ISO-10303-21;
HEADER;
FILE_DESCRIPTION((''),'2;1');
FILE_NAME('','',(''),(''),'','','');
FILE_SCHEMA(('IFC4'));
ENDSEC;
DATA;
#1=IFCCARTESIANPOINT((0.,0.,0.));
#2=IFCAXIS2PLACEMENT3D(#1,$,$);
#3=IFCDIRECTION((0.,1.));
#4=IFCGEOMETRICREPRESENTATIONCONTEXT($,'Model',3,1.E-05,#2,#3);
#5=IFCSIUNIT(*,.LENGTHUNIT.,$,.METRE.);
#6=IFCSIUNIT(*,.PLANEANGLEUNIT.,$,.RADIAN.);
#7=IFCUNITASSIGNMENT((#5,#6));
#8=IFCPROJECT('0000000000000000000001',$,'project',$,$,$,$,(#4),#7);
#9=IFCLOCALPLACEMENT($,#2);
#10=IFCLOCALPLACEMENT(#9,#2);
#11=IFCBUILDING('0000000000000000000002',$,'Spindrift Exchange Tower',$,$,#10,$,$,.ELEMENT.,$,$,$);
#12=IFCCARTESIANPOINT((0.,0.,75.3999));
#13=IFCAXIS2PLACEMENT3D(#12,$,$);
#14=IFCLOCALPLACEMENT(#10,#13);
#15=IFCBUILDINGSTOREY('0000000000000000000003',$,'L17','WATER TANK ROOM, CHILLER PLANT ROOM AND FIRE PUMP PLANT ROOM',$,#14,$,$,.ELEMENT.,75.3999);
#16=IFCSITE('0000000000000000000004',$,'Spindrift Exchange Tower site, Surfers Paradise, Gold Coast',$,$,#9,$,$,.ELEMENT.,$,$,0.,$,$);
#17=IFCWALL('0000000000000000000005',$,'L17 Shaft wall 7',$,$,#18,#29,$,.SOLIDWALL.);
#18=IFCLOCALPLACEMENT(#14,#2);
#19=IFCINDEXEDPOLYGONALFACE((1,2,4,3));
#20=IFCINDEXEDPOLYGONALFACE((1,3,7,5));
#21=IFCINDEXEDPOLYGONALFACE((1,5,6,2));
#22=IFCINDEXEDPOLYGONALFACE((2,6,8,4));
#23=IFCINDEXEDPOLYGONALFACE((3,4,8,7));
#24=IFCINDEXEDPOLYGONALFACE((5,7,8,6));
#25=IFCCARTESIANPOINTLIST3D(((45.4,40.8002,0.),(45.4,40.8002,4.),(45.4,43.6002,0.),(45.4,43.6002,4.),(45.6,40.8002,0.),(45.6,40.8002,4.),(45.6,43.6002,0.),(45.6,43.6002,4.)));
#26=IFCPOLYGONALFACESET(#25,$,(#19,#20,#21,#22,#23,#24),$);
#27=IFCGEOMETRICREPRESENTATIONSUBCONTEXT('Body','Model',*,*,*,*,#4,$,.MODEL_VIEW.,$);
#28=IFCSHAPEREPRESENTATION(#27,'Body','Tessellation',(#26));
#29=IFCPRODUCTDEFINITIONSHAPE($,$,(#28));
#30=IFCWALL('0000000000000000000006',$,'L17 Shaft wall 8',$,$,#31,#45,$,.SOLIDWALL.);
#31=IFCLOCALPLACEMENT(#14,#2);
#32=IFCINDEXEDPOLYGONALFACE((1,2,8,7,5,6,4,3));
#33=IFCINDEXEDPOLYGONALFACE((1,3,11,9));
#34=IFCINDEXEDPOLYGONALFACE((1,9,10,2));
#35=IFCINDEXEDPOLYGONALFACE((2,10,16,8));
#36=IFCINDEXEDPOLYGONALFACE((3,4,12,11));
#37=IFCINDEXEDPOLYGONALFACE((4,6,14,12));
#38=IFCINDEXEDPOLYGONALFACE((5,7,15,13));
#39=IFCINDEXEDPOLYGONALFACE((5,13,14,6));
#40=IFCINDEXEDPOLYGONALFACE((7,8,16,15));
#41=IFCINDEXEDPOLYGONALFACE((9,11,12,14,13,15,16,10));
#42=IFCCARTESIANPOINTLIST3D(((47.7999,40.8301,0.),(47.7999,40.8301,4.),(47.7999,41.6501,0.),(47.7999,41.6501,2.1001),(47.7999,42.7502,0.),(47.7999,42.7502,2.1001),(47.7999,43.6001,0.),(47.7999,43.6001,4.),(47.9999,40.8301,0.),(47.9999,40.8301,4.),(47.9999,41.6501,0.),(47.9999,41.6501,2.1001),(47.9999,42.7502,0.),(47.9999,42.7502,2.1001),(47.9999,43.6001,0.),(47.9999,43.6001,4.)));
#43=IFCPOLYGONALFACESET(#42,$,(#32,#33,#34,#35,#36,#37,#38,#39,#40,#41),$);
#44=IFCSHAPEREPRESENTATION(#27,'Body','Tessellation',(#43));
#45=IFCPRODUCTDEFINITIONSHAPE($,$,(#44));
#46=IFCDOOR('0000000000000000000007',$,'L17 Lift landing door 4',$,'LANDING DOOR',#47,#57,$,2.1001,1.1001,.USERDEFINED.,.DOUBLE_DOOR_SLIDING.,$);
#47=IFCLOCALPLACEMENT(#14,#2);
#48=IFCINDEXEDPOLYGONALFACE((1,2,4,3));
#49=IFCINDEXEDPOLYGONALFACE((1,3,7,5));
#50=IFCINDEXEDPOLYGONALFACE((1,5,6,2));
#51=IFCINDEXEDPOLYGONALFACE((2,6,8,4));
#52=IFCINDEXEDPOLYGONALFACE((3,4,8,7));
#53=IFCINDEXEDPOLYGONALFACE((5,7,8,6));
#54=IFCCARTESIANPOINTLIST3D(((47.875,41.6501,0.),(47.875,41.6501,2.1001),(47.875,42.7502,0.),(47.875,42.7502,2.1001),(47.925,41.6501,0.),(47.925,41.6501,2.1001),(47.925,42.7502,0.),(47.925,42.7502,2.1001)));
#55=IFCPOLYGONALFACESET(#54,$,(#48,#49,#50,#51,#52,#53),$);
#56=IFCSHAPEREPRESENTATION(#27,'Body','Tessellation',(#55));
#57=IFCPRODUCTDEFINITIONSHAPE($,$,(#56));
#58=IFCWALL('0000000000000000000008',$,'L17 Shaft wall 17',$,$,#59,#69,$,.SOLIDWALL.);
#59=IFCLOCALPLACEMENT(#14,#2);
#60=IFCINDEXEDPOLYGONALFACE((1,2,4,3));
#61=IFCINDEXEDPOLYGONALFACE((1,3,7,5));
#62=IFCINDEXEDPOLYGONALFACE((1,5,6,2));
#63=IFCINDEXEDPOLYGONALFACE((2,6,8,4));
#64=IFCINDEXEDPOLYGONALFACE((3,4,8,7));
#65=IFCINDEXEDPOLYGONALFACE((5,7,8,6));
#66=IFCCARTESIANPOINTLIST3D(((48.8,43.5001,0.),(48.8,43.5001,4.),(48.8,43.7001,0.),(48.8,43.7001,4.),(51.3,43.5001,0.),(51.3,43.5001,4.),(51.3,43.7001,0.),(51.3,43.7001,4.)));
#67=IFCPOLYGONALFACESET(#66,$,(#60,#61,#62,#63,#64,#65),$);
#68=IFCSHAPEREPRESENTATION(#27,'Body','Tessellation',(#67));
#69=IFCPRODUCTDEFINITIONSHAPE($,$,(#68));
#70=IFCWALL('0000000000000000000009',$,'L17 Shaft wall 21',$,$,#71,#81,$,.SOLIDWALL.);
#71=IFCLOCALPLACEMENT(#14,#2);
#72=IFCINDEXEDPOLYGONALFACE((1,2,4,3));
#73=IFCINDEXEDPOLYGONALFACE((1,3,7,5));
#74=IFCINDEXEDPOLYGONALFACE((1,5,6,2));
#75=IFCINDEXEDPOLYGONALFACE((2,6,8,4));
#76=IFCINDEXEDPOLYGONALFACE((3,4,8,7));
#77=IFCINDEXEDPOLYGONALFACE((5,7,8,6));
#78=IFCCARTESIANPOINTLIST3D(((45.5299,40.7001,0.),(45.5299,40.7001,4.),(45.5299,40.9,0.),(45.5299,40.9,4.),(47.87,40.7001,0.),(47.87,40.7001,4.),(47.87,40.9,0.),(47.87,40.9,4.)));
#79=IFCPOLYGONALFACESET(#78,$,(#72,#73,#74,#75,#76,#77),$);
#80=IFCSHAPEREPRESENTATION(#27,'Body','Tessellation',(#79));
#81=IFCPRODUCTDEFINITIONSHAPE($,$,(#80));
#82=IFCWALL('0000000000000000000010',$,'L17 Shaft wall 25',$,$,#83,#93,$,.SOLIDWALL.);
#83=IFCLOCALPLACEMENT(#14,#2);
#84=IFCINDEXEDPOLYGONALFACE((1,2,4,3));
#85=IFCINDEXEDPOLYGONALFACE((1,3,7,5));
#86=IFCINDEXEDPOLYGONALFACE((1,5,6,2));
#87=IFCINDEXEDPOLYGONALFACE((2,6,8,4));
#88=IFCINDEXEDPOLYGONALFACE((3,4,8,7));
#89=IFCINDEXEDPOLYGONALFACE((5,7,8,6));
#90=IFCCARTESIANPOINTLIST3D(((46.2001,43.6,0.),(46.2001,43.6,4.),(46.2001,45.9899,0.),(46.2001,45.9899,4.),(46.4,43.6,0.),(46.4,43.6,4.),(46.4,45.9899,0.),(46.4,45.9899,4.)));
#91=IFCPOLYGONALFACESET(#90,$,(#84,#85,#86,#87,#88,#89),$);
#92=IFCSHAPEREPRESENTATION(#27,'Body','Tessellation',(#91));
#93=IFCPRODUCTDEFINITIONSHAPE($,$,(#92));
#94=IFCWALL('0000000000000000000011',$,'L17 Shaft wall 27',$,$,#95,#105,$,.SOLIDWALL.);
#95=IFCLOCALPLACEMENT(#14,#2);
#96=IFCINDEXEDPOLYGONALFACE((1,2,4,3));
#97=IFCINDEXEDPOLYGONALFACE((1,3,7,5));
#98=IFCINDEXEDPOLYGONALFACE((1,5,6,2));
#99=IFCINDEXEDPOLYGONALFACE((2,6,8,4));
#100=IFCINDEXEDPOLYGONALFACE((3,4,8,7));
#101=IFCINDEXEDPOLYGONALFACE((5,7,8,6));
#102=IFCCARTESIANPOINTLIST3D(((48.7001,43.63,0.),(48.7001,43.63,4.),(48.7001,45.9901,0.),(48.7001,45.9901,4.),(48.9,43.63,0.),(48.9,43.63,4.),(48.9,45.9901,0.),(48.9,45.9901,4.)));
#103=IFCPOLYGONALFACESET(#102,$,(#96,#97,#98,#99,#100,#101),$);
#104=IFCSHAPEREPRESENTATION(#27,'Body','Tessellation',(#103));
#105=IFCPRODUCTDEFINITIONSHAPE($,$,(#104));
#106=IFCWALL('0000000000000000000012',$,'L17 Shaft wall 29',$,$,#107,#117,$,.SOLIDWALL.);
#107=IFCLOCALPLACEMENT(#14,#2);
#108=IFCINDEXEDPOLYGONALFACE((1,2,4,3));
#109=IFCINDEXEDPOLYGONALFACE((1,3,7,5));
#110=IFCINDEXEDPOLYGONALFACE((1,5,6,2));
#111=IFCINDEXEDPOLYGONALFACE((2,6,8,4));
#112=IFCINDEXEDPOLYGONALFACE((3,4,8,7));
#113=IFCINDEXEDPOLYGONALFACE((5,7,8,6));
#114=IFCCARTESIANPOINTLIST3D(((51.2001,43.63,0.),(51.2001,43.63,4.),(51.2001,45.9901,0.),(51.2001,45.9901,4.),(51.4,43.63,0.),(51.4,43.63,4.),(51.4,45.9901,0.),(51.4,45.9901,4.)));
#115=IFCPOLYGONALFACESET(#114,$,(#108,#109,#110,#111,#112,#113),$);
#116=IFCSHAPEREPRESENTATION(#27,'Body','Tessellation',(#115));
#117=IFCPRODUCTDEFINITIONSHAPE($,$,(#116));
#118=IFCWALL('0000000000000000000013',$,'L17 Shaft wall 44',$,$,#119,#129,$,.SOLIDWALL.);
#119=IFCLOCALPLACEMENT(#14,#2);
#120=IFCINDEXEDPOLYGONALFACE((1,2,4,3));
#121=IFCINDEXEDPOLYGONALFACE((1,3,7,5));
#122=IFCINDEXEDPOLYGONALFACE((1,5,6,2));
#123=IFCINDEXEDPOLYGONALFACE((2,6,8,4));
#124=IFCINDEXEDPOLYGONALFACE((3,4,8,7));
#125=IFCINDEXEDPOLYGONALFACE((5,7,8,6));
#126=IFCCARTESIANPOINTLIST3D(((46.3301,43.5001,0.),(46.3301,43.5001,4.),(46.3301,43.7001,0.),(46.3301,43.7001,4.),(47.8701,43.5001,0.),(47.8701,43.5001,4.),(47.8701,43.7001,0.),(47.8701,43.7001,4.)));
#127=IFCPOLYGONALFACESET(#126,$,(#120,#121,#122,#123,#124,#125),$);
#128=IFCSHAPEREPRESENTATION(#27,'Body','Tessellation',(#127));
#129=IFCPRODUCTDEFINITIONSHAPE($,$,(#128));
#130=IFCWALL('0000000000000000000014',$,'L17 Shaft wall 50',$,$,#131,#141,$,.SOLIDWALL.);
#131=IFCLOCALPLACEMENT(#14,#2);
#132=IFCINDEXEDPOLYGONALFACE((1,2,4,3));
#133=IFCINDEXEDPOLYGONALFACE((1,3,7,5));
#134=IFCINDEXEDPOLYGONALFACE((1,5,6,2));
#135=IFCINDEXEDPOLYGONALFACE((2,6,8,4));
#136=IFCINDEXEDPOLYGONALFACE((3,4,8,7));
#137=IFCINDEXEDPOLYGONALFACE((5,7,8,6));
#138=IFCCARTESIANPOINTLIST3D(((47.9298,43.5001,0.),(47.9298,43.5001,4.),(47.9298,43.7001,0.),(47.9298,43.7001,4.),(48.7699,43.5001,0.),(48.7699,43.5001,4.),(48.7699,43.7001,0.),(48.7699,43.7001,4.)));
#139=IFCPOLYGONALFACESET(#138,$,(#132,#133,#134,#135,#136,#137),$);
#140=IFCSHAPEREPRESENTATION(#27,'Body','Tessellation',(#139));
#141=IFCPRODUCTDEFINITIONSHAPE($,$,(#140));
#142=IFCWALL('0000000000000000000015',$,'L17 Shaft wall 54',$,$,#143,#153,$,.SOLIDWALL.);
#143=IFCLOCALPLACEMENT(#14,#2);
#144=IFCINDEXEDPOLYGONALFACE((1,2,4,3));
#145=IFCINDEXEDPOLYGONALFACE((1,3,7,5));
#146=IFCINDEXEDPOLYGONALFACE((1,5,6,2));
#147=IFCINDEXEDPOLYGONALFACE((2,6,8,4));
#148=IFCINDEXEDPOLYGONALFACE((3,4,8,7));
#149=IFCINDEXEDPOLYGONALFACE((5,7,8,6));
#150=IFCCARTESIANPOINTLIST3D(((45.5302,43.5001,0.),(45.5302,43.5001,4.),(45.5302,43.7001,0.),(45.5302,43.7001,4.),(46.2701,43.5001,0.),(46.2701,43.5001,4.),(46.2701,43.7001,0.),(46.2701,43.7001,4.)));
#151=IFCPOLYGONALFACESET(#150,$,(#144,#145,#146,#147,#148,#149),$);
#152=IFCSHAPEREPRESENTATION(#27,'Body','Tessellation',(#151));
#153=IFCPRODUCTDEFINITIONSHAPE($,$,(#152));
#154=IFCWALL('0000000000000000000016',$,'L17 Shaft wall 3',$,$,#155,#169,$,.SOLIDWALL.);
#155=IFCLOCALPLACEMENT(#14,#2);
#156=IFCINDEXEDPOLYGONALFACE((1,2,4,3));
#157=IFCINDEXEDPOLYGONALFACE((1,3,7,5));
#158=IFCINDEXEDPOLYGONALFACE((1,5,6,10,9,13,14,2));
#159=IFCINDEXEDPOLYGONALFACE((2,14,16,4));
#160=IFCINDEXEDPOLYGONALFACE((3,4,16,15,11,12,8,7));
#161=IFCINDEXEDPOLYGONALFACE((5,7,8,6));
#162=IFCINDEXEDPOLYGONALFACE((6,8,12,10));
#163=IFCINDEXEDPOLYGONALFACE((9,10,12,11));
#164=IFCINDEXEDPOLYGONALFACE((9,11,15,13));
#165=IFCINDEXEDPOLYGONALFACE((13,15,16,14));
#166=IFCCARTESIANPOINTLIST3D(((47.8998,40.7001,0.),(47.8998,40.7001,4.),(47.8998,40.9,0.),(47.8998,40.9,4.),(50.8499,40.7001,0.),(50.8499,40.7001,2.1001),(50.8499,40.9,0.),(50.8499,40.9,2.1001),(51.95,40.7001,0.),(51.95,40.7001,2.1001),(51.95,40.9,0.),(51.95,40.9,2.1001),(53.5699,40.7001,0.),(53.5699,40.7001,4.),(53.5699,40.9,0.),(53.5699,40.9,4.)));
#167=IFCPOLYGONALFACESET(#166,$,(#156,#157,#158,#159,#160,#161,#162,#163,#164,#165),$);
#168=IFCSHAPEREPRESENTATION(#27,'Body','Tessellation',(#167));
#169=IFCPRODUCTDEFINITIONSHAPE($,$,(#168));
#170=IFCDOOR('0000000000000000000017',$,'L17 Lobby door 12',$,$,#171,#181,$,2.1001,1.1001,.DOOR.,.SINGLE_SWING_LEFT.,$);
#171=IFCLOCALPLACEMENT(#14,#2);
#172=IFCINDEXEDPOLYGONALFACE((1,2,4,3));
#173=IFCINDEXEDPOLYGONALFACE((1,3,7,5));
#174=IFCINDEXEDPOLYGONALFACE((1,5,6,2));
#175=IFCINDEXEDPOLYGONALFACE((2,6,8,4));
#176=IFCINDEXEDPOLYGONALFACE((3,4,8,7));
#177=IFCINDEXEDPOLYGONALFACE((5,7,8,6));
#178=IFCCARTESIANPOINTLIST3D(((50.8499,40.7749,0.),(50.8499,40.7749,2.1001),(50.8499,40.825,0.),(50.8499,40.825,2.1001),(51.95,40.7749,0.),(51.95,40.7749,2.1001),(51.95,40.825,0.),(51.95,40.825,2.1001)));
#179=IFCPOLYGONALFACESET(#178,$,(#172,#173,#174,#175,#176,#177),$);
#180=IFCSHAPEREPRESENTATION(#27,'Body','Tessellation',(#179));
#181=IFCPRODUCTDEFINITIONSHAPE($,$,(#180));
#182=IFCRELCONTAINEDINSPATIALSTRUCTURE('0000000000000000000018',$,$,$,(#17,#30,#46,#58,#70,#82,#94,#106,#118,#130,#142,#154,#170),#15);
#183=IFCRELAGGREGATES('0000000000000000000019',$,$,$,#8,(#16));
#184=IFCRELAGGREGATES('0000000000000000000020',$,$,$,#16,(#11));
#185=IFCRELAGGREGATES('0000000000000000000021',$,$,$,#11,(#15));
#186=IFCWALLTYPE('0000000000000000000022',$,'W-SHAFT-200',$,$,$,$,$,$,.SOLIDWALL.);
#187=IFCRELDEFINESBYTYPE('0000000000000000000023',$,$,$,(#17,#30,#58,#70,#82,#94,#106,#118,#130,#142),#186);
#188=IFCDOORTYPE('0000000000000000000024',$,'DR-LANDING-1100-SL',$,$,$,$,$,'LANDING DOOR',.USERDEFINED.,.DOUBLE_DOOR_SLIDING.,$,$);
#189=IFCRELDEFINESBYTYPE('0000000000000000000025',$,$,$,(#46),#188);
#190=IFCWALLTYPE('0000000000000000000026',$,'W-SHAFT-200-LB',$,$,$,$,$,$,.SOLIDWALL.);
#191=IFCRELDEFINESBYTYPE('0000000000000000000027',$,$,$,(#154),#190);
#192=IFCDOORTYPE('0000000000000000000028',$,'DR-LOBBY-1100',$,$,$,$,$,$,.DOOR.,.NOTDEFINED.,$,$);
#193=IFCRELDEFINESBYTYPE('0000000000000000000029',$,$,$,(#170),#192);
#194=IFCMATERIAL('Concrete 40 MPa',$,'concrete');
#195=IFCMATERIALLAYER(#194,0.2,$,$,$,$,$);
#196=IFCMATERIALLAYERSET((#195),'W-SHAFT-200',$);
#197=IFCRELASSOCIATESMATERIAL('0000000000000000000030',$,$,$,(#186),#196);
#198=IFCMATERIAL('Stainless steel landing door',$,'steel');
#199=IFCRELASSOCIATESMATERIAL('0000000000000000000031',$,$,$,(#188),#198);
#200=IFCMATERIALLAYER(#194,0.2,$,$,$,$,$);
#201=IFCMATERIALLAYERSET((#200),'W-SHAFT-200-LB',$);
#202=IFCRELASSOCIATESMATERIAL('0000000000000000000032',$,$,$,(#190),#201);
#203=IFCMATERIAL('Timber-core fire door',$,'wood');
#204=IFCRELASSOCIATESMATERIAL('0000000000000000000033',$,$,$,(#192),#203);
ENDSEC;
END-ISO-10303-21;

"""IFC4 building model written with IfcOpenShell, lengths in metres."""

from ifc_helpers import new_model, si_unit, direction, frame, frame_2d, origin, place, context, subcontext, project, spatial, rectangle, extrude, source, transform, mapped, material, layer, layer_set, type_object, element, fill, save


model = new_model("IFC4")

# Units and contexts
model_context = context("Model", 3, precision=1e-05, world=origin(), true_north=direction((0.0, 1.0)))
body_context = subcontext(model_context, "Body", "Model", "MODEL_VIEW")
ifc_project = project(units=[si_unit("LENGTHUNIT", "METRE"), si_unit("PLANEANGLEUNIT", "RADIAN")], contexts=[model_context])

# Site, building, storey
site_placement = place(None, origin())
site = spatial("IfcSite", under=ifc_project, at=site_placement, Name="Spindrift Exchange Tower site, Surfers Paradise, Gold Coast", CompositionType="ELEMENT", RefElevation=0.0)
building_placement = place(site_placement, origin())
building = spatial("IfcBuilding", under=site, at=building_placement, Name="Spindrift Exchange Tower", CompositionType="ELEMENT")
storey_placement = place(building_placement, frame((0.0, 0.0, 75.3999)))
storey = spatial("IfcBuildingStorey", under=building, at=storey_placement, Name="L17", Description="WATER TANK ROOM, CHILLER PLANT ROOM AND FIRE PUMP PLANT ROOM", CompositionType="ELEMENT", Elevation=75.3999)

# Wall
ifc_material_1 = material(Name="Concrete 40 MPa", Category="concrete")
ifc_layer_1 = layer(ifc_material_1, 0.2)
ifc_layer_set_1 = layer_set([ifc_layer_1], Name="W-SHAFT-200")
wall_type_1 = type_object("IfcWallType", Name="W-SHAFT-200", PredefinedType="SOLIDWALL", material=ifc_layer_set_1)
wall_1_placement = place(storey_placement, frame((45.5, 43.6001, 0.0), z_axis=(0.0, 0.0, 1.0), x_axis=(0.0, -1.0, 0.0)))
element("IfcWall", 1, at=wall_1_placement, inside=storey, type_object=wall_type_1, Name="L17 Shaft wall 7", PredefinedType="SOLIDWALL", context=body_context, shape_type="SweptSolid", body=[
    extrude(rectangle(XDim=2.8, YDim=0.2, at=frame_2d((1.3999, 0.0))), origin(), (0.0, 0.0, 1.0), 4.0),
])

# Wall, opening, door
wall_2_placement = place(storey_placement, frame((47.8999, 40.8301, 0.0), z_axis=(0.0, 0.0, 1.0), x_axis=(0.0, 1.0, 0.0)))
wall_2 = element("IfcWall", 2, at=wall_2_placement, inside=storey, type_object=wall_type_1, Name="L17 Shaft wall 8", PredefinedType="SOLIDWALL", context=body_context, shape_type="SweptSolid", body=[
    extrude(rectangle(XDim=2.77, YDim=0.2, at=frame_2d((1.385, 0.0))), origin(), (0.0, 0.0, 1.0), 4.0),
])
opening_1_placement = place(wall_2_placement, frame((0.8201, 0.0, 0.0)))
opening_1 = element("IfcOpeningElement", 3, at=opening_1_placement, cuts=wall_2, PredefinedType="OPENING", context=body_context, shape_type="SweptSolid", body=[
    extrude(rectangle(XDim=1.1001, YDim=2.1001, at=frame_2d((0.55, 1.05))), frame((0.0, 0.1099, 0.0), z_axis=(0.0, -1.0, 0.0), x_axis=(1.0, 0.0, 0.0)), (0.0, 0.0, 1.0), 0.22),
])
ifc_material_2 = material(Name="Stainless steel landing door", Category="steel")
door_type_1 = type_object("IfcDoorType", Name="DR-LANDING-1100-SL", ElementType="LANDING DOOR", OperationType="DOUBLE_DOOR_SLIDING", PredefinedType="USERDEFINED", material=ifc_material_2)
shared_shape_1 = source(origin(), body_context, "Body", "SweptSolid", [
    extrude(rectangle(XDim=1.1001, YDim=2.1001, at=frame_2d((0.55, 1.05))), frame((0.0, 0.0249, 0.0), z_axis=(0.0, -1.0, 0.0), x_axis=(1.0, 0.0, 0.0)), (0.0, 0.0, 1.0), 0.05),
])
door_1_placement = place(opening_1_placement, origin())
door_1 = element("IfcDoor", 4, at=door_1_placement, inside=storey, type_object=door_type_1, Name="L17 Lift landing door 4", ObjectType="LANDING DOOR", OperationType="DOUBLE_DOOR_SLIDING", OverallHeight=2.1001, OverallWidth=1.1001, PredefinedType="USERDEFINED", context=body_context, shape_type="MappedRepresentation", body=[
    mapped(shared_shape_1, transform((0.0, 0.0, 0.0), scale=1.0)),
])
fill(opening_1, door_1)

# Walls
wall_3_placement = place(storey_placement, frame((48.8, 43.6001, 0.0), z_axis=(0.0, 0.0, 1.0), x_axis=(1.0, 0.0, 0.0)))
element("IfcWall", 5, at=wall_3_placement, inside=storey, type_object=wall_type_1, Name="L17 Shaft wall 17", PredefinedType="SOLIDWALL", context=body_context, shape_type="SweptSolid", body=[
    extrude(rectangle(XDim=2.5, YDim=0.2, at=frame_2d((1.25, 0.0))), origin(), (0.0, 0.0, 1.0), 4.0),
])
wall_4_placement = place(storey_placement, frame((45.53, 40.8, 0.0), z_axis=(0.0, 0.0, 1.0), x_axis=(1.0, 0.0, 0.0)))
element("IfcWall", 6, at=wall_4_placement, inside=storey, type_object=wall_type_1, Name="L17 Shaft wall 21", PredefinedType="SOLIDWALL", context=body_context, shape_type="SweptSolid", body=[
    extrude(rectangle(XDim=2.3401, YDim=0.2, at=frame_2d((1.1699, 0.0))), origin(), (0.0, 0.0, 1.0), 4.0),
])
wall_5_placement = place(storey_placement, frame((46.3, 43.6001, 0.0), z_axis=(0.0, 0.0, 1.0), x_axis=(0.0, 1.0, 0.0)))
element("IfcWall", 7, at=wall_5_placement, inside=storey, type_object=wall_type_1, Name="L17 Shaft wall 25", PredefinedType="SOLIDWALL", context=body_context, shape_type="SweptSolid", body=[
    extrude(rectangle(XDim=2.3899, YDim=0.2, at=frame_2d((1.1948, 0.0))), origin(), (0.0, 0.0, 1.0), 4.0),
])
for number, where, z_axis, x_axis, name in (
    (8, (48.8, 43.6299, 0.0), (0.0, 0.0, 1.0), (0.0, 1.0, 0.0), "L17 Shaft wall 27"),
    (9, (51.3, 43.6299, 0.0), (0.0, 0.0, 1.0), (0.0, 1.0, 0.0), "L17 Shaft wall 29"),
):
    element("IfcWall", number, at=place(storey_placement, frame(where, z_axis=z_axis, x_axis=x_axis)), inside=storey, type_object=wall_type_1, Name=name, PredefinedType="SOLIDWALL", context=body_context, shape_type="SweptSolid", body=[
        extrude(rectangle(XDim=2.3601, YDim=0.2, at=frame_2d((1.1802, 0.0))), origin(), (0.0, 0.0, 1.0), 4.0),
    ])
wall_6_placement = place(storey_placement, frame((46.3301, 43.6001, 0.0), z_axis=(0.0, 0.0, 1.0), x_axis=(1.0, 0.0, 0.0)))
element("IfcWall", 10, at=wall_6_placement, inside=storey, type_object=wall_type_1, Name="L17 Shaft wall 44", PredefinedType="SOLIDWALL", context=body_context, shape_type="SweptSolid", body=[
    extrude(rectangle(XDim=1.54, YDim=0.2, at=frame_2d((0.77, 0.0))), origin(), (0.0, 0.0, 1.0), 4.0),
])
wall_7_placement = place(storey_placement, frame((47.9299, 43.6001, 0.0), z_axis=(0.0, 0.0, 1.0), x_axis=(1.0, 0.0, 0.0)))
element("IfcWall", 11, at=wall_7_placement, inside=storey, type_object=wall_type_1, Name="L17 Shaft wall 50", PredefinedType="SOLIDWALL", context=body_context, shape_type="SweptSolid", body=[
    extrude(rectangle(XDim=0.8401, YDim=0.2, at=frame_2d((0.4199, 0.0))), origin(), (0.0, 0.0, 1.0), 4.0),
])
wall_8_placement = place(storey_placement, frame((45.53, 43.6001, 0.0), z_axis=(0.0, 0.0, 1.0), x_axis=(1.0, 0.0, 0.0)))
element("IfcWall", 12, at=wall_8_placement, inside=storey, type_object=wall_type_1, Name="L17 Shaft wall 54", PredefinedType="SOLIDWALL", context=body_context, shape_type="SweptSolid", body=[
    extrude(rectangle(XDim=0.74, YDim=0.2, at=frame_2d((0.3701, 0.0))), origin(), (0.0, 0.0, 1.0), 4.0),
])

# Wall, opening, door
ifc_layer_2 = layer(ifc_material_1, 0.2)
ifc_layer_set_2 = layer_set([ifc_layer_2], Name="W-SHAFT-200-LB")
wall_type_2 = type_object("IfcWallType", Name="W-SHAFT-200-LB", PredefinedType="SOLIDWALL", material=ifc_layer_set_2)
wall_9_placement = place(storey_placement, frame((47.8999, 40.8, 0.0), z_axis=(0.0, 0.0, 1.0), x_axis=(1.0, 0.0, 0.0)))
wall_9 = element("IfcWall", 13, at=wall_9_placement, inside=storey, type_object=wall_type_2, Name="L17 Shaft wall 3", PredefinedType="SOLIDWALL", context=body_context, shape_type="SweptSolid", body=[
    extrude(rectangle(XDim=5.6702, YDim=0.2, at=frame_2d((2.835, 0.0))), origin(), (0.0, 0.0, 1.0), 4.0),
])
opening_2_placement = place(wall_9_placement, frame((2.95, 0.0, 0.0)))
opening_2 = element("IfcOpeningElement", 14, at=opening_2_placement, cuts=wall_9, PredefinedType="OPENING", context=body_context, shape_type="SweptSolid", body=[
    extrude(rectangle(XDim=1.1001, YDim=2.1001, at=frame_2d((0.55, 1.05))), frame((0.0, 0.1099, 0.0), z_axis=(0.0, -1.0, 0.0), x_axis=(1.0, 0.0, 0.0)), (0.0, 0.0, 1.0), 0.22),
])
ifc_material_3 = material(Name="Timber-core fire door", Category="wood")
door_type_2 = type_object("IfcDoorType", Name="DR-LOBBY-1100", OperationType="NOTDEFINED", PredefinedType="DOOR", material=ifc_material_3)
shared_shape_2 = source(origin(), body_context, "Body", "SweptSolid", [
    extrude(rectangle(XDim=1.1001, YDim=2.1001, at=frame_2d((0.55, 1.05))), frame((0.0, 0.0249, 0.0), z_axis=(0.0, -1.0, 0.0), x_axis=(1.0, 0.0, 0.0)), (0.0, 0.0, 1.0), 0.05),
])
door_2_placement = place(opening_2_placement, origin())
door_2 = element("IfcDoor", 15, at=door_2_placement, inside=storey, type_object=door_type_2, Name="L17 Lobby door 12", OperationType="SINGLE_SWING_LEFT", OverallHeight=2.1001, OverallWidth=1.1001, PredefinedType="DOOR", context=body_context, shape_type="MappedRepresentation", body=[
    mapped(shared_shape_2, transform((0.0, 0.0, 0.0), scale=1.0)),
])
fill(opening_2, door_2)

save(model, "model.ifc")
